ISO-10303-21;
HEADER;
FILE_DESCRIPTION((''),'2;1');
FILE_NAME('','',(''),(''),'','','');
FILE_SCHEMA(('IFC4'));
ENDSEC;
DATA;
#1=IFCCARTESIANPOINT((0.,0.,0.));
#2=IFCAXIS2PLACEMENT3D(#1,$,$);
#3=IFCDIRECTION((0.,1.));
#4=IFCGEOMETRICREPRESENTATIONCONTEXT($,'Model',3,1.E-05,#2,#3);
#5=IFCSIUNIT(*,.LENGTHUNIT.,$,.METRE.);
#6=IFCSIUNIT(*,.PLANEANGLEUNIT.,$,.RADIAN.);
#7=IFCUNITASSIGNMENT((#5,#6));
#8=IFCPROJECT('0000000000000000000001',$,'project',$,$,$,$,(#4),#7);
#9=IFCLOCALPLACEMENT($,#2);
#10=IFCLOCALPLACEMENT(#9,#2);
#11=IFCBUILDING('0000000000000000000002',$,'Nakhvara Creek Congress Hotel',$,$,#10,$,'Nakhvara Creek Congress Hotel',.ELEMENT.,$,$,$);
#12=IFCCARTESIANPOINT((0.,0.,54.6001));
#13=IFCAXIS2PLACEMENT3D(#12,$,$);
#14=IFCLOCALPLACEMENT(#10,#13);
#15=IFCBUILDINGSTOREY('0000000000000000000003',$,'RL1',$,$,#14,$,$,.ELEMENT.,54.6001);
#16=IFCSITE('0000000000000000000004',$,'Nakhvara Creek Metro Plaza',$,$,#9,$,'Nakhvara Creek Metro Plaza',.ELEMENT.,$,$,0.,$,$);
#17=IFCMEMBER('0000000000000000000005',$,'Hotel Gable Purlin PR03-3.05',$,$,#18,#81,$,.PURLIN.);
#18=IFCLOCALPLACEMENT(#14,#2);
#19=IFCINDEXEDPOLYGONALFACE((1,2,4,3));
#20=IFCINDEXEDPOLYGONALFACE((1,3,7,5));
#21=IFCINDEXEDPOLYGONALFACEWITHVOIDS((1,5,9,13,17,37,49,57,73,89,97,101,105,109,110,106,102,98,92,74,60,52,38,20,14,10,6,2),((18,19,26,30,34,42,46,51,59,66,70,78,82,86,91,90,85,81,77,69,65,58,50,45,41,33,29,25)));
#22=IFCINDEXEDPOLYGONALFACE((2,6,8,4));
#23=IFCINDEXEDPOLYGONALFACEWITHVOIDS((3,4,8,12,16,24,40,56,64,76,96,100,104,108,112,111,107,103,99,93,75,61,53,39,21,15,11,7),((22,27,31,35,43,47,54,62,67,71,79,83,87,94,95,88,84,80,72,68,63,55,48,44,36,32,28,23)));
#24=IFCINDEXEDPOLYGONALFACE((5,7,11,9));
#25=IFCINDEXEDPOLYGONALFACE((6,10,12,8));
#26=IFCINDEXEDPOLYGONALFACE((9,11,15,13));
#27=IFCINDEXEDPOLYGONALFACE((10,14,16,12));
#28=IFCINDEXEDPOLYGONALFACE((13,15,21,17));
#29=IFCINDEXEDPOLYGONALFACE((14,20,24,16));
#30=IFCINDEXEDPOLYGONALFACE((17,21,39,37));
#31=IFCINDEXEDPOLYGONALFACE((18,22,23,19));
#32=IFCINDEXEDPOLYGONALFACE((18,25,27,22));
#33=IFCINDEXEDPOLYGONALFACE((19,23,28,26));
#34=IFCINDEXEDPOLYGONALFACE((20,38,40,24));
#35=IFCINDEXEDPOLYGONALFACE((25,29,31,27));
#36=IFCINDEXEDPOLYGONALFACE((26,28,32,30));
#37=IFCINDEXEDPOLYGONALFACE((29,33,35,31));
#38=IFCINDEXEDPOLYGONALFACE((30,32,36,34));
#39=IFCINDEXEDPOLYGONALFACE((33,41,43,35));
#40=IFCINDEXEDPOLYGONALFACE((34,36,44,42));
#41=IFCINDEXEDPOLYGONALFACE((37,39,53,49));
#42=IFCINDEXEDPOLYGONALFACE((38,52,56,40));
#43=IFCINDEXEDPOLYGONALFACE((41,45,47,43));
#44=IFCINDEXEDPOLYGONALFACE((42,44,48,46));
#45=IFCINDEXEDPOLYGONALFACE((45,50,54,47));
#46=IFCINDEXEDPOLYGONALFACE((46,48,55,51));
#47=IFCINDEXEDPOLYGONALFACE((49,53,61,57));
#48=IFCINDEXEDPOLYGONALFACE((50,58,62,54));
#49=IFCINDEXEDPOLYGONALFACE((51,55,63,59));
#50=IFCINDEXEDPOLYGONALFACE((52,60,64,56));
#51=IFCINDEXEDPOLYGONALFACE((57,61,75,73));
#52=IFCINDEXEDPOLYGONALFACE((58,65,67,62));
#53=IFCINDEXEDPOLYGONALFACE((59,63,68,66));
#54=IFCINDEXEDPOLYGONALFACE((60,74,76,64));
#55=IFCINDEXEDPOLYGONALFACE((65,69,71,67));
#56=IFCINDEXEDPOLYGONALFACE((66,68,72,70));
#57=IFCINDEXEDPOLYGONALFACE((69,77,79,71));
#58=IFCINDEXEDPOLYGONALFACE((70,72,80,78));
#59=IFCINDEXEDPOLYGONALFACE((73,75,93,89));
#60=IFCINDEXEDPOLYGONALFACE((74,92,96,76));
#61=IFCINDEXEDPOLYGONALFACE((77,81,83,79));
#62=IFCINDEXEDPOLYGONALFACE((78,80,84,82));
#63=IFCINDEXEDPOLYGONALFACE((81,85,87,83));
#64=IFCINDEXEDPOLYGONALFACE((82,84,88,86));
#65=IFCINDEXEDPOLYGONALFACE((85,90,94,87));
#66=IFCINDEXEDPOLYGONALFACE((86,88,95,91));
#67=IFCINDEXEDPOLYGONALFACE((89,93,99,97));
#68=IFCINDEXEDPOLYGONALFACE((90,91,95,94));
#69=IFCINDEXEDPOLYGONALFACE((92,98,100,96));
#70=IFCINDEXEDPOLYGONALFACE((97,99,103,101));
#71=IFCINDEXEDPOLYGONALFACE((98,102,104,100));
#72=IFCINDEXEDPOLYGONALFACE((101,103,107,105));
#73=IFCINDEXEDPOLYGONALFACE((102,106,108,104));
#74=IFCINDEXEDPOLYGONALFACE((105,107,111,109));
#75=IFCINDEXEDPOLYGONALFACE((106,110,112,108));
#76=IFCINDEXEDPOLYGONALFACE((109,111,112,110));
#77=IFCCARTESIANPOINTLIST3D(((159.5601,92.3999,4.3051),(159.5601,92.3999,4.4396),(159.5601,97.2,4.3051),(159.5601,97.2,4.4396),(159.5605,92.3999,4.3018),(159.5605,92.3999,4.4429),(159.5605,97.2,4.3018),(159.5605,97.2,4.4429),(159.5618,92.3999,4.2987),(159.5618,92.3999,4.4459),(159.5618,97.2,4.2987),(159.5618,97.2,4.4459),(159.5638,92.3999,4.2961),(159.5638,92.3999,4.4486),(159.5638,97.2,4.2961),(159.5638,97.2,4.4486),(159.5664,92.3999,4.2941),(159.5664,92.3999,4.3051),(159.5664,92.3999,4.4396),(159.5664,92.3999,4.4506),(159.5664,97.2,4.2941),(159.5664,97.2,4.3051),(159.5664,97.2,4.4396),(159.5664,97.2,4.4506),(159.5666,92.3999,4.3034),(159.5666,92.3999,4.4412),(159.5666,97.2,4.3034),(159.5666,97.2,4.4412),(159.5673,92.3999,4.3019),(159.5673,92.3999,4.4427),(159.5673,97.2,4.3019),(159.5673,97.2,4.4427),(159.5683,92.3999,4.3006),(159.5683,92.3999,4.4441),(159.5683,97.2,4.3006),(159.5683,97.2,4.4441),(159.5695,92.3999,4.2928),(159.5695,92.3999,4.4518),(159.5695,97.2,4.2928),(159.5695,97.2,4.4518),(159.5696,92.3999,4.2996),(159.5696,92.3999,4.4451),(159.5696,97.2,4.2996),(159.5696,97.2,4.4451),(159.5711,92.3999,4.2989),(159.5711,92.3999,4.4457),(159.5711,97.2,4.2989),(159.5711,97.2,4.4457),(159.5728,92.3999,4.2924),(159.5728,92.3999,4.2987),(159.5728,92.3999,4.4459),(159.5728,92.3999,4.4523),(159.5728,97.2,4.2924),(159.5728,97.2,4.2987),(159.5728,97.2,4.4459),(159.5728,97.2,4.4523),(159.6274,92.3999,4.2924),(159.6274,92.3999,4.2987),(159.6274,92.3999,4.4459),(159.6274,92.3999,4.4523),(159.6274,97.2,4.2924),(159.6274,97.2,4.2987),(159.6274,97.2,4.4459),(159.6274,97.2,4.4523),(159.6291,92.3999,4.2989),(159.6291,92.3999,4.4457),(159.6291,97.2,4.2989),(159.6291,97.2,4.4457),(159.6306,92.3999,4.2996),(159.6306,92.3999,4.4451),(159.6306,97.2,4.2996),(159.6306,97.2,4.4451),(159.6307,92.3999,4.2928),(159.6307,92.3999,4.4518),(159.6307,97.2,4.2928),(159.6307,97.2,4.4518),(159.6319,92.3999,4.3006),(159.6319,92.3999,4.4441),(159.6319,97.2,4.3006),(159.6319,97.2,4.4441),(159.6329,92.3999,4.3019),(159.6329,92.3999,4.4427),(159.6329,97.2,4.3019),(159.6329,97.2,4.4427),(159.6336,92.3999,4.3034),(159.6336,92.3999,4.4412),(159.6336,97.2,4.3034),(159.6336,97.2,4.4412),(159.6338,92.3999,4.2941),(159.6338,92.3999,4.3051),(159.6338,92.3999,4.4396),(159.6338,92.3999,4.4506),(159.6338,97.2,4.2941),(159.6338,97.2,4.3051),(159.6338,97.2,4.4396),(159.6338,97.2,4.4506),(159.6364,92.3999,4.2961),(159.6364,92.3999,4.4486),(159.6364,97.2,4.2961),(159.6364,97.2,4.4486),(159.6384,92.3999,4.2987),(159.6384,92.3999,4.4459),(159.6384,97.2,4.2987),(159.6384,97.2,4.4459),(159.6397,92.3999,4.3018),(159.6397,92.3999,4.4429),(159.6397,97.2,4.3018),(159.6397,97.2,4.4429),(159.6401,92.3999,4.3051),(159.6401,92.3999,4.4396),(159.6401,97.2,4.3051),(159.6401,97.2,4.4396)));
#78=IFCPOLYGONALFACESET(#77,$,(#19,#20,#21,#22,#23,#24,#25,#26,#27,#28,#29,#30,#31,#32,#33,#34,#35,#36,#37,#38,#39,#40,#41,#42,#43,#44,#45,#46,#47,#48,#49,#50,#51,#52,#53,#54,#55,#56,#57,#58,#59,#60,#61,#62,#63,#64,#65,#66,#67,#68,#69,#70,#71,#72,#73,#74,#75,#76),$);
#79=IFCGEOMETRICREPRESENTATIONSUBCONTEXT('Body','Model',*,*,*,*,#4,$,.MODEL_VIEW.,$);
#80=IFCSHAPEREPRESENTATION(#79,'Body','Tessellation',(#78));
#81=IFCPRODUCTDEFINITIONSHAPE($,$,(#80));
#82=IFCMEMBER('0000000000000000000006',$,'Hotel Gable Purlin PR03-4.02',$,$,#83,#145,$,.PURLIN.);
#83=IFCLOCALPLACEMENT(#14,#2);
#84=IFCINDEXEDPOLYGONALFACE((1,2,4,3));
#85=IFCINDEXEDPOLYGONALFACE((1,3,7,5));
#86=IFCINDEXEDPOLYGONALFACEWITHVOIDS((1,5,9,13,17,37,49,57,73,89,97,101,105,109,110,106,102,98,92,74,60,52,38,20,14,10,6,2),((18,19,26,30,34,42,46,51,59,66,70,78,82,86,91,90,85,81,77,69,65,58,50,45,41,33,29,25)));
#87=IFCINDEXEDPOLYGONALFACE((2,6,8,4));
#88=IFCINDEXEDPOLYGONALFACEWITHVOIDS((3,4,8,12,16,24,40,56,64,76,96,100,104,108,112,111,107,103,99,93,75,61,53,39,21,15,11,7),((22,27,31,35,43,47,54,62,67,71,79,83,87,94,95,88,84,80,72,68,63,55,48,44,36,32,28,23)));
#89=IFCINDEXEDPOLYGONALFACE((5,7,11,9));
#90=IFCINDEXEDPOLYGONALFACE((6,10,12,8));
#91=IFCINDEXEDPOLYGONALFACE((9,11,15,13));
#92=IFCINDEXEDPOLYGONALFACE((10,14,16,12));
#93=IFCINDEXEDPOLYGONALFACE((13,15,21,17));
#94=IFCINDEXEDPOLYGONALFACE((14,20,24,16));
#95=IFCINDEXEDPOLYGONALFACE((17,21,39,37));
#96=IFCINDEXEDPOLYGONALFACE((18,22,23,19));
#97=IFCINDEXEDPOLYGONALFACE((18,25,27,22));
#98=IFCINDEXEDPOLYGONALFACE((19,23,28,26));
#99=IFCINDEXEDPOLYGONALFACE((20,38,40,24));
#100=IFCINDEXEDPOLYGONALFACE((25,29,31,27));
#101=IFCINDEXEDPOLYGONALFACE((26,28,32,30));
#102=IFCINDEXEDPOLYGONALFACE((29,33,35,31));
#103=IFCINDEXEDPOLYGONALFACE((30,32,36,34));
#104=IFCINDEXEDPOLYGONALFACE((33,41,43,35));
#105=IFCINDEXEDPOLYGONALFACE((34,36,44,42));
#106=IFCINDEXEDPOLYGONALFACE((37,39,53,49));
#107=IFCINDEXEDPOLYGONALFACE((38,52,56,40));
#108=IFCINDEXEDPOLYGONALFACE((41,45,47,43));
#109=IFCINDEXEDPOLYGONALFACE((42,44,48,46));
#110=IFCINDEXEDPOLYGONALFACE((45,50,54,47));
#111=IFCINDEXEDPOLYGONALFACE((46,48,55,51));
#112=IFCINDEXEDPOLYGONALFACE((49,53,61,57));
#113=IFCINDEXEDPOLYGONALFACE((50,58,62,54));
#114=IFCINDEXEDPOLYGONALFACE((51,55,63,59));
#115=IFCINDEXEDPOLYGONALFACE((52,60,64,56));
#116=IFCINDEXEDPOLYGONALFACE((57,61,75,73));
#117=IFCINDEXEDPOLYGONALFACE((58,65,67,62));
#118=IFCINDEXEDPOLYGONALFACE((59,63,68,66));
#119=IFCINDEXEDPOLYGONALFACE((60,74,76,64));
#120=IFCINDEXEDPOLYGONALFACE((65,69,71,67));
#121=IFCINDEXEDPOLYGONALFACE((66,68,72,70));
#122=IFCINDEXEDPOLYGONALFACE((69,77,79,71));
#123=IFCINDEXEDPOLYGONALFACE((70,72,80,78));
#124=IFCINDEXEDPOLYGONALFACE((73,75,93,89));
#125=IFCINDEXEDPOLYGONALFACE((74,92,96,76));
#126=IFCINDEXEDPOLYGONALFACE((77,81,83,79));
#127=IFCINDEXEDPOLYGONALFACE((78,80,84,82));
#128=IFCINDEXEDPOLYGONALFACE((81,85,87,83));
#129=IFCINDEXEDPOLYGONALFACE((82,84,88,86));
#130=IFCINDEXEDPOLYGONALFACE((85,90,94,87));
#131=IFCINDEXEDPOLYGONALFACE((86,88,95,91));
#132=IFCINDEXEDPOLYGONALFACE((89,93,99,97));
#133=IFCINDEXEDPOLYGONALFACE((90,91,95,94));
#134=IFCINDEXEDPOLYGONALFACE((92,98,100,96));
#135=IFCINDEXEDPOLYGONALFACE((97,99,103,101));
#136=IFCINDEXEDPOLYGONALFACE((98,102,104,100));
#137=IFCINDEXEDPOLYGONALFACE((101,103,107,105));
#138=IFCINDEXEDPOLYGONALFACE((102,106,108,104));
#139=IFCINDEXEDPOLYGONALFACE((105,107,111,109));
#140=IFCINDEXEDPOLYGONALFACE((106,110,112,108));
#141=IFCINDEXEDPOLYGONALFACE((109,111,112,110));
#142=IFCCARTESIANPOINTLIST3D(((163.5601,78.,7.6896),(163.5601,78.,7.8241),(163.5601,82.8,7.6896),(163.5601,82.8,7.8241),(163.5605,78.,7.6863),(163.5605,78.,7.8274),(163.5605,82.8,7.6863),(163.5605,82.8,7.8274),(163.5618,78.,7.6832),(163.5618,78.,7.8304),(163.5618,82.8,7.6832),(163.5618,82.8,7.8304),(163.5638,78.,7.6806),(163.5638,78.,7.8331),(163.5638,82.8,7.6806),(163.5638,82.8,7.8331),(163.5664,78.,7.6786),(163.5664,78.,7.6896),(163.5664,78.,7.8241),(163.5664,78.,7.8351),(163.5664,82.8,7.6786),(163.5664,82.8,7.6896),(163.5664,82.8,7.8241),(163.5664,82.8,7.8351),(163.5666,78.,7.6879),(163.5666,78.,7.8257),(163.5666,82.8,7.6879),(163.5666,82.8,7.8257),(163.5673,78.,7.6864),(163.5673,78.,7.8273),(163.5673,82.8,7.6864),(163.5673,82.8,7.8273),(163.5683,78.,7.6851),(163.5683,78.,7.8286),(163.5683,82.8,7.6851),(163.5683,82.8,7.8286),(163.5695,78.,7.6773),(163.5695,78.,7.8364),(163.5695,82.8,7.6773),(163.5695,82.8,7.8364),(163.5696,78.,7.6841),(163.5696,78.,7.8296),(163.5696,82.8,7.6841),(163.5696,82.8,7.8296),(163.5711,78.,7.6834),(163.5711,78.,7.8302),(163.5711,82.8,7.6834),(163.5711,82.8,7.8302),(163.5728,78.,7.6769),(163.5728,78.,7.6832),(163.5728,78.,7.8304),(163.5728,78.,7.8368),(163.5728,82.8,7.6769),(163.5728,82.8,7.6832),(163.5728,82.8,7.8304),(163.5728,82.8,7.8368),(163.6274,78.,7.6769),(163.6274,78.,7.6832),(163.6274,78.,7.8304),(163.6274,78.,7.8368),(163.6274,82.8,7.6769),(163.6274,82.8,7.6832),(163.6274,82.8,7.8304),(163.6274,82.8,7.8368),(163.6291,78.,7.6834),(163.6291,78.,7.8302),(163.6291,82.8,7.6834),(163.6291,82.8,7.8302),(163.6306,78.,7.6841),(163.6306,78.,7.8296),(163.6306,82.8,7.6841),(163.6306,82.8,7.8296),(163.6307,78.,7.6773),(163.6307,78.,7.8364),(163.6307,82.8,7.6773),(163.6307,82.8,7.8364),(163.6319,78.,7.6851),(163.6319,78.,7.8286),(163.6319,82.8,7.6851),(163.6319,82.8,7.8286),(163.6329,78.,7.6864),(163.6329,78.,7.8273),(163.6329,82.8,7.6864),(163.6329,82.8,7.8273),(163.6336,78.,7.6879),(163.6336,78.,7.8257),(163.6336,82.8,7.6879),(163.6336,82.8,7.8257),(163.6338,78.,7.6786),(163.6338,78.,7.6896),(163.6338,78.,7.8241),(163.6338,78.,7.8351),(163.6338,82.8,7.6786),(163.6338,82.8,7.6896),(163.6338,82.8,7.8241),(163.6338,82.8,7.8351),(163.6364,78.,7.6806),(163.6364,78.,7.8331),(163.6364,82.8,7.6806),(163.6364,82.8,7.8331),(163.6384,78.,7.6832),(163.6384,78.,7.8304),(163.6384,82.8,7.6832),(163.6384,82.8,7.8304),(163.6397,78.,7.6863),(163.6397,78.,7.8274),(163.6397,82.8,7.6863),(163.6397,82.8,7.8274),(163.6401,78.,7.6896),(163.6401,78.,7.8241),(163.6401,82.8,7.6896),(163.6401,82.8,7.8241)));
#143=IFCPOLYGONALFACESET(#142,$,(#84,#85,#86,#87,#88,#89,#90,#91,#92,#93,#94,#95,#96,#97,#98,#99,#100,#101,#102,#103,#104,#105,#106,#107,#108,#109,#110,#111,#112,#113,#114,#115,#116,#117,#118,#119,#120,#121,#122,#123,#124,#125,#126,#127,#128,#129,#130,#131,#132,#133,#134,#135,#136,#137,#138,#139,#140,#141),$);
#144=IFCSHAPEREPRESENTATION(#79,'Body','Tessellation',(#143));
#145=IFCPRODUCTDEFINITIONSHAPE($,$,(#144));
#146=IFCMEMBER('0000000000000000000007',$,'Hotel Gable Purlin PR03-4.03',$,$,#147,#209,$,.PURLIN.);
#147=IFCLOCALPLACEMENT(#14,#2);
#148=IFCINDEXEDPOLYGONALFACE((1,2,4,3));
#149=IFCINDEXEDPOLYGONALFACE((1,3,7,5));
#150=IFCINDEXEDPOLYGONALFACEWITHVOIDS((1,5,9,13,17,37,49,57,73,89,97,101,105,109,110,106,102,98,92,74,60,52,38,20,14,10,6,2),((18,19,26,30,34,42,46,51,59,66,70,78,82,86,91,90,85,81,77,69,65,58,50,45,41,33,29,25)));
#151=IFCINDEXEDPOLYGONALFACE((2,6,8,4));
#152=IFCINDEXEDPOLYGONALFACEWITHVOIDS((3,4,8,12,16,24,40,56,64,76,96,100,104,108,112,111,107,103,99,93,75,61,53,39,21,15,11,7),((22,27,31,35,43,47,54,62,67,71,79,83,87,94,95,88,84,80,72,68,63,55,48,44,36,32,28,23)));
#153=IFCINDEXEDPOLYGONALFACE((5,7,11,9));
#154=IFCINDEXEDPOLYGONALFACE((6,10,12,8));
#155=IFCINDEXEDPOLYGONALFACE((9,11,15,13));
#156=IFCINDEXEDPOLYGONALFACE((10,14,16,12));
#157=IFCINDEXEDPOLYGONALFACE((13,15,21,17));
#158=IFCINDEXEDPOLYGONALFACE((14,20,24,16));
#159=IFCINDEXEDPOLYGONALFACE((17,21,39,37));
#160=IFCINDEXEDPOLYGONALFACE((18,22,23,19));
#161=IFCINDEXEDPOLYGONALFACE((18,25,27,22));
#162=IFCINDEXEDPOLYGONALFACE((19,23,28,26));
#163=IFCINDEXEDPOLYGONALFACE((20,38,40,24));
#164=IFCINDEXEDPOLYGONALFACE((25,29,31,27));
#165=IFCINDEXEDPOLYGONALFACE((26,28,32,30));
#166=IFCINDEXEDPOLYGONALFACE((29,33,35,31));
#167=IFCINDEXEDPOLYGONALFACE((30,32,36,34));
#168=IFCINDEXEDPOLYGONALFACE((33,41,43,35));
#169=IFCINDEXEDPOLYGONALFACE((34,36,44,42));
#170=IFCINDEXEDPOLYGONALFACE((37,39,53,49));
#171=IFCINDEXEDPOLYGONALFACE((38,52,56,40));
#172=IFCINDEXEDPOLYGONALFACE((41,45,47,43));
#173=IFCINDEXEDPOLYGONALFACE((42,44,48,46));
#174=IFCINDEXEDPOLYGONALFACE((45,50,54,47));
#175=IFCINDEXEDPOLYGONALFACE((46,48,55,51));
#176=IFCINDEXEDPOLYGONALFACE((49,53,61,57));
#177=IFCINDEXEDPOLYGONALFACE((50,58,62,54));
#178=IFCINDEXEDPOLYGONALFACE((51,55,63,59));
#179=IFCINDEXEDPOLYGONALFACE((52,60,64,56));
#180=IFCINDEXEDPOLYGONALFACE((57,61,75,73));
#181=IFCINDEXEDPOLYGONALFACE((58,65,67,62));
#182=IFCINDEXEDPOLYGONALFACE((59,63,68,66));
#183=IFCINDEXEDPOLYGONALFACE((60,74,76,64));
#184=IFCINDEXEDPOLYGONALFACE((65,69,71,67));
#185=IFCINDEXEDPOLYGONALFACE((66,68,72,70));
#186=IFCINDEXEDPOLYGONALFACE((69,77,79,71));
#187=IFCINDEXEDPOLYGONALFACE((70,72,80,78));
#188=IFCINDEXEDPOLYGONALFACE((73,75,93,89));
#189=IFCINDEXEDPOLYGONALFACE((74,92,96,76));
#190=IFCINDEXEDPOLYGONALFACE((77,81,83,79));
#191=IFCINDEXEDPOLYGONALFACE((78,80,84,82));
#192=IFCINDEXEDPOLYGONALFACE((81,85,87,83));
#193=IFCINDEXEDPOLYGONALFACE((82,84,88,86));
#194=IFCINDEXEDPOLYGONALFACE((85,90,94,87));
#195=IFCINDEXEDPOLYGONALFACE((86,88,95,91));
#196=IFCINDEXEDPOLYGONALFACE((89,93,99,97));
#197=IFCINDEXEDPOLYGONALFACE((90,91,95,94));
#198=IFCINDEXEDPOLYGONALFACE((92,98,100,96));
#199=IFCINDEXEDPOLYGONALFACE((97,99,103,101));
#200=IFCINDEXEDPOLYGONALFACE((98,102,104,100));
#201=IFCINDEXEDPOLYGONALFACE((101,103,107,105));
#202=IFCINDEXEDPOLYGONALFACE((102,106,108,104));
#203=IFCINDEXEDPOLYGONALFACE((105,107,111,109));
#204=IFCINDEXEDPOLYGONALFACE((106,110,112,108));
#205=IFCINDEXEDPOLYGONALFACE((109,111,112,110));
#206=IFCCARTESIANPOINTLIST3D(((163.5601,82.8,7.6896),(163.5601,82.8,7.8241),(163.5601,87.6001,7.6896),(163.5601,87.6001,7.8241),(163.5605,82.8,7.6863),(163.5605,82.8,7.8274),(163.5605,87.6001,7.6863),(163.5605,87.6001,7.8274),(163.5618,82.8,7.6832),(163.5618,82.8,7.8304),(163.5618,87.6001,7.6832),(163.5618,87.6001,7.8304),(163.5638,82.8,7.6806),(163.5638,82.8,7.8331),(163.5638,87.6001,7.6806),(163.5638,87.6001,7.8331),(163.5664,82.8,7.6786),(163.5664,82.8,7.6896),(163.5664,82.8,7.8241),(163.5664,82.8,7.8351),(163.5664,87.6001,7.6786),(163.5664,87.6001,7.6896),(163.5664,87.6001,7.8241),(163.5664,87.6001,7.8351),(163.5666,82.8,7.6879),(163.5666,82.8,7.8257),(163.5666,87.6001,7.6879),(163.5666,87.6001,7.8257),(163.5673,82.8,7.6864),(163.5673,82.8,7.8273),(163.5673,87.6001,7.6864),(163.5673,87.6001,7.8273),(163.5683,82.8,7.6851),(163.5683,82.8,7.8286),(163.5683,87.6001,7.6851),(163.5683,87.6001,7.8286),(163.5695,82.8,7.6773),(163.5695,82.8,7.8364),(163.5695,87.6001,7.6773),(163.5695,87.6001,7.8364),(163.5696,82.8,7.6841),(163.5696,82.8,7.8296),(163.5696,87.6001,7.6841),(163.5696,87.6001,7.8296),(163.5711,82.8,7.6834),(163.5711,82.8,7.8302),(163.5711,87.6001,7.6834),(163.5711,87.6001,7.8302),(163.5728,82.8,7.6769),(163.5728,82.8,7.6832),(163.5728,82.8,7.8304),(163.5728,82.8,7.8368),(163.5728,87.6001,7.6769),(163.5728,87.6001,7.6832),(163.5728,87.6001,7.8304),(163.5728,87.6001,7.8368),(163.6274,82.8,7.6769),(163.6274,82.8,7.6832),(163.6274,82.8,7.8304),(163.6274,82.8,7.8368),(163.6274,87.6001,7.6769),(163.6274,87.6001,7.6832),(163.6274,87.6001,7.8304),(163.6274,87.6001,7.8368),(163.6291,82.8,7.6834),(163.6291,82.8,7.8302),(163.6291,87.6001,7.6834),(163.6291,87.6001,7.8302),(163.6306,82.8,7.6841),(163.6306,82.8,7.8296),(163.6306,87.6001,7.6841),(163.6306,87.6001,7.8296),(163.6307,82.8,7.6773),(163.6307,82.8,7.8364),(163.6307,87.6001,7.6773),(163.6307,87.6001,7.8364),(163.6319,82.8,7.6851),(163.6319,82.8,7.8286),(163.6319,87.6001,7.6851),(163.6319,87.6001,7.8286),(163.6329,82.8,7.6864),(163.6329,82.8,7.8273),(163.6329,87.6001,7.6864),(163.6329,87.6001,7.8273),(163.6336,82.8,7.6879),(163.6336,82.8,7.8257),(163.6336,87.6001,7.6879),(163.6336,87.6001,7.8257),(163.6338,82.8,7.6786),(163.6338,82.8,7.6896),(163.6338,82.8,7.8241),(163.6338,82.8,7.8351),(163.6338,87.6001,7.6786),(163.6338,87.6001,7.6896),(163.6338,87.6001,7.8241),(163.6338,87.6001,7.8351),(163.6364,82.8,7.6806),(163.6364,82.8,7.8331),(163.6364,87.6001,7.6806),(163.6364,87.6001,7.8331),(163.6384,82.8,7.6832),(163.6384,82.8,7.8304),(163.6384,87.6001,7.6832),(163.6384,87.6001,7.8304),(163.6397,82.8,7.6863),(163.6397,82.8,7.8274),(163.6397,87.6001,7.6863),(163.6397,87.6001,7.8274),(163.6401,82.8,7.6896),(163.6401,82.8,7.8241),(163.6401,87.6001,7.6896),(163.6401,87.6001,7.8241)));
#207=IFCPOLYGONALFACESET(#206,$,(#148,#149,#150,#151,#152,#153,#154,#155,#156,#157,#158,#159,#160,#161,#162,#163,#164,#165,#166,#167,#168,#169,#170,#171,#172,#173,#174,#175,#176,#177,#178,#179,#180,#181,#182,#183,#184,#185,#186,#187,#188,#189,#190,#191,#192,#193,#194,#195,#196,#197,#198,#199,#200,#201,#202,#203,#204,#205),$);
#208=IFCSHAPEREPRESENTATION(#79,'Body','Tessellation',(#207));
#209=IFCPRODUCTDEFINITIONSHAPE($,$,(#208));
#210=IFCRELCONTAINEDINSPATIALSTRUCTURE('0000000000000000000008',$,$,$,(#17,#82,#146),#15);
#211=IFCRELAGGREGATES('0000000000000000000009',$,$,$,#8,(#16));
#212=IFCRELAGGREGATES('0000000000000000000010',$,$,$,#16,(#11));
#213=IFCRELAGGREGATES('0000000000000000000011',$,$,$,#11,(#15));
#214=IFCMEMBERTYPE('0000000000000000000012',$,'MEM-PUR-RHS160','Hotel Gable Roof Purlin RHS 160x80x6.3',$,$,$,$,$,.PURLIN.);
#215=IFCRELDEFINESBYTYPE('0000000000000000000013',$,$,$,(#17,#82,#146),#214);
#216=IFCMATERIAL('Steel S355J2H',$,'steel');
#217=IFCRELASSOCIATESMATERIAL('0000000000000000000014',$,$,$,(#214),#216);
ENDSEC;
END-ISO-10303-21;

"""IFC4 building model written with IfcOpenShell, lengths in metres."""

from ifc_helpers import new_model, si_unit, direction, frame, origin, origin_2d, place, context, subcontext, project, spatial, hollow_rectangle, extrude, material, material_profile, profile_set, type_object, element, save


model = new_model("IFC4")

# Units and contexts
model_context = context("Model", 3, precision=1e-05, world=origin(), true_north=direction((0.0, 1.0)))
body_context = subcontext(model_context, "Body", "Model", "MODEL_VIEW")
ifc_project = project(units=[si_unit("LENGTHUNIT", "METRE"), si_unit("PLANEANGLEUNIT", "RADIAN")], contexts=[model_context])

# Site, building, storey
site_placement = place(None, origin())
site = spatial("IfcSite", under=ifc_project, at=site_placement, Name="Nakhvara Creek Metro Plaza", LongName="Nakhvara Creek Metro Plaza", CompositionType="ELEMENT", RefElevation=0.0)
building_placement = place(site_placement, origin())
building = spatial("IfcBuilding", under=site, at=building_placement, Name="Nakhvara Creek Congress Hotel", LongName="Nakhvara Creek Congress Hotel", CompositionType="ELEMENT")
storey_placement = place(building_placement, frame((0.0, 0.0, 54.6001)))
storey = spatial("IfcBuildingStorey", under=building, at=storey_placement, Name="RL1", CompositionType="ELEMENT", Elevation=54.6001)

# Members
ifc_material_1 = material(Name="Steel S355J2H", Category="steel")
ifc_material_profile_1 = material_profile(ifc_material_1, hollow_rectangle(XDim=0.0801, YDim=0.1599, WallThickness=0.0063, InnerFilletRadius=0.0063, OuterFilletRadius=0.0127, at=origin_2d()), Name="RHS 160x80x6.3", Category="LoadBearing")
ifc_profile_set_1 = profile_set([ifc_material_profile_1], Name="Steel S355J2H")
member_type_1 = type_object("IfcMemberType", Name="MEM-PUR-RHS160", Description="Hotel Gable Roof Purlin RHS 160x80x6.3", PredefinedType="PURLIN", material=ifc_profile_set_1)
for number, where, z_axis, x_axis, name in (
    (1, (159.6001, 92.3999, 4.3723), (0.0, 1.0, 0.0), (-1.0, 0.0, 0.0), "Hotel Gable Purlin PR03-3.05"),
    (2, (163.6001, 78.0, 7.7568), (0.0, 1.0, 0.0), (-1.0, 0.0, 0.0), "Hotel Gable Purlin PR03-4.02"),
    (3, (163.6001, 82.8, 7.7568), (0.0, 1.0, 0.0), (-1.0, 0.0, 0.0), "Hotel Gable Purlin PR03-4.03"),
):
    element("IfcMember", number, at=place(storey_placement, frame(where, z_axis=z_axis, x_axis=x_axis)), inside=storey, type_object=member_type_1, Name=name, PredefinedType="PURLIN", context=body_context, shape_type="SweptSolid", body=[
        extrude(hollow_rectangle(XDim=0.0801, YDim=0.1599, WallThickness=0.0063, InnerFilletRadius=0.0063, OuterFilletRadius=0.0127, at=origin_2d()), origin(), (0.0, 0.0, 1.0), 4.8),
    ])

save(model, "model.ifc")
